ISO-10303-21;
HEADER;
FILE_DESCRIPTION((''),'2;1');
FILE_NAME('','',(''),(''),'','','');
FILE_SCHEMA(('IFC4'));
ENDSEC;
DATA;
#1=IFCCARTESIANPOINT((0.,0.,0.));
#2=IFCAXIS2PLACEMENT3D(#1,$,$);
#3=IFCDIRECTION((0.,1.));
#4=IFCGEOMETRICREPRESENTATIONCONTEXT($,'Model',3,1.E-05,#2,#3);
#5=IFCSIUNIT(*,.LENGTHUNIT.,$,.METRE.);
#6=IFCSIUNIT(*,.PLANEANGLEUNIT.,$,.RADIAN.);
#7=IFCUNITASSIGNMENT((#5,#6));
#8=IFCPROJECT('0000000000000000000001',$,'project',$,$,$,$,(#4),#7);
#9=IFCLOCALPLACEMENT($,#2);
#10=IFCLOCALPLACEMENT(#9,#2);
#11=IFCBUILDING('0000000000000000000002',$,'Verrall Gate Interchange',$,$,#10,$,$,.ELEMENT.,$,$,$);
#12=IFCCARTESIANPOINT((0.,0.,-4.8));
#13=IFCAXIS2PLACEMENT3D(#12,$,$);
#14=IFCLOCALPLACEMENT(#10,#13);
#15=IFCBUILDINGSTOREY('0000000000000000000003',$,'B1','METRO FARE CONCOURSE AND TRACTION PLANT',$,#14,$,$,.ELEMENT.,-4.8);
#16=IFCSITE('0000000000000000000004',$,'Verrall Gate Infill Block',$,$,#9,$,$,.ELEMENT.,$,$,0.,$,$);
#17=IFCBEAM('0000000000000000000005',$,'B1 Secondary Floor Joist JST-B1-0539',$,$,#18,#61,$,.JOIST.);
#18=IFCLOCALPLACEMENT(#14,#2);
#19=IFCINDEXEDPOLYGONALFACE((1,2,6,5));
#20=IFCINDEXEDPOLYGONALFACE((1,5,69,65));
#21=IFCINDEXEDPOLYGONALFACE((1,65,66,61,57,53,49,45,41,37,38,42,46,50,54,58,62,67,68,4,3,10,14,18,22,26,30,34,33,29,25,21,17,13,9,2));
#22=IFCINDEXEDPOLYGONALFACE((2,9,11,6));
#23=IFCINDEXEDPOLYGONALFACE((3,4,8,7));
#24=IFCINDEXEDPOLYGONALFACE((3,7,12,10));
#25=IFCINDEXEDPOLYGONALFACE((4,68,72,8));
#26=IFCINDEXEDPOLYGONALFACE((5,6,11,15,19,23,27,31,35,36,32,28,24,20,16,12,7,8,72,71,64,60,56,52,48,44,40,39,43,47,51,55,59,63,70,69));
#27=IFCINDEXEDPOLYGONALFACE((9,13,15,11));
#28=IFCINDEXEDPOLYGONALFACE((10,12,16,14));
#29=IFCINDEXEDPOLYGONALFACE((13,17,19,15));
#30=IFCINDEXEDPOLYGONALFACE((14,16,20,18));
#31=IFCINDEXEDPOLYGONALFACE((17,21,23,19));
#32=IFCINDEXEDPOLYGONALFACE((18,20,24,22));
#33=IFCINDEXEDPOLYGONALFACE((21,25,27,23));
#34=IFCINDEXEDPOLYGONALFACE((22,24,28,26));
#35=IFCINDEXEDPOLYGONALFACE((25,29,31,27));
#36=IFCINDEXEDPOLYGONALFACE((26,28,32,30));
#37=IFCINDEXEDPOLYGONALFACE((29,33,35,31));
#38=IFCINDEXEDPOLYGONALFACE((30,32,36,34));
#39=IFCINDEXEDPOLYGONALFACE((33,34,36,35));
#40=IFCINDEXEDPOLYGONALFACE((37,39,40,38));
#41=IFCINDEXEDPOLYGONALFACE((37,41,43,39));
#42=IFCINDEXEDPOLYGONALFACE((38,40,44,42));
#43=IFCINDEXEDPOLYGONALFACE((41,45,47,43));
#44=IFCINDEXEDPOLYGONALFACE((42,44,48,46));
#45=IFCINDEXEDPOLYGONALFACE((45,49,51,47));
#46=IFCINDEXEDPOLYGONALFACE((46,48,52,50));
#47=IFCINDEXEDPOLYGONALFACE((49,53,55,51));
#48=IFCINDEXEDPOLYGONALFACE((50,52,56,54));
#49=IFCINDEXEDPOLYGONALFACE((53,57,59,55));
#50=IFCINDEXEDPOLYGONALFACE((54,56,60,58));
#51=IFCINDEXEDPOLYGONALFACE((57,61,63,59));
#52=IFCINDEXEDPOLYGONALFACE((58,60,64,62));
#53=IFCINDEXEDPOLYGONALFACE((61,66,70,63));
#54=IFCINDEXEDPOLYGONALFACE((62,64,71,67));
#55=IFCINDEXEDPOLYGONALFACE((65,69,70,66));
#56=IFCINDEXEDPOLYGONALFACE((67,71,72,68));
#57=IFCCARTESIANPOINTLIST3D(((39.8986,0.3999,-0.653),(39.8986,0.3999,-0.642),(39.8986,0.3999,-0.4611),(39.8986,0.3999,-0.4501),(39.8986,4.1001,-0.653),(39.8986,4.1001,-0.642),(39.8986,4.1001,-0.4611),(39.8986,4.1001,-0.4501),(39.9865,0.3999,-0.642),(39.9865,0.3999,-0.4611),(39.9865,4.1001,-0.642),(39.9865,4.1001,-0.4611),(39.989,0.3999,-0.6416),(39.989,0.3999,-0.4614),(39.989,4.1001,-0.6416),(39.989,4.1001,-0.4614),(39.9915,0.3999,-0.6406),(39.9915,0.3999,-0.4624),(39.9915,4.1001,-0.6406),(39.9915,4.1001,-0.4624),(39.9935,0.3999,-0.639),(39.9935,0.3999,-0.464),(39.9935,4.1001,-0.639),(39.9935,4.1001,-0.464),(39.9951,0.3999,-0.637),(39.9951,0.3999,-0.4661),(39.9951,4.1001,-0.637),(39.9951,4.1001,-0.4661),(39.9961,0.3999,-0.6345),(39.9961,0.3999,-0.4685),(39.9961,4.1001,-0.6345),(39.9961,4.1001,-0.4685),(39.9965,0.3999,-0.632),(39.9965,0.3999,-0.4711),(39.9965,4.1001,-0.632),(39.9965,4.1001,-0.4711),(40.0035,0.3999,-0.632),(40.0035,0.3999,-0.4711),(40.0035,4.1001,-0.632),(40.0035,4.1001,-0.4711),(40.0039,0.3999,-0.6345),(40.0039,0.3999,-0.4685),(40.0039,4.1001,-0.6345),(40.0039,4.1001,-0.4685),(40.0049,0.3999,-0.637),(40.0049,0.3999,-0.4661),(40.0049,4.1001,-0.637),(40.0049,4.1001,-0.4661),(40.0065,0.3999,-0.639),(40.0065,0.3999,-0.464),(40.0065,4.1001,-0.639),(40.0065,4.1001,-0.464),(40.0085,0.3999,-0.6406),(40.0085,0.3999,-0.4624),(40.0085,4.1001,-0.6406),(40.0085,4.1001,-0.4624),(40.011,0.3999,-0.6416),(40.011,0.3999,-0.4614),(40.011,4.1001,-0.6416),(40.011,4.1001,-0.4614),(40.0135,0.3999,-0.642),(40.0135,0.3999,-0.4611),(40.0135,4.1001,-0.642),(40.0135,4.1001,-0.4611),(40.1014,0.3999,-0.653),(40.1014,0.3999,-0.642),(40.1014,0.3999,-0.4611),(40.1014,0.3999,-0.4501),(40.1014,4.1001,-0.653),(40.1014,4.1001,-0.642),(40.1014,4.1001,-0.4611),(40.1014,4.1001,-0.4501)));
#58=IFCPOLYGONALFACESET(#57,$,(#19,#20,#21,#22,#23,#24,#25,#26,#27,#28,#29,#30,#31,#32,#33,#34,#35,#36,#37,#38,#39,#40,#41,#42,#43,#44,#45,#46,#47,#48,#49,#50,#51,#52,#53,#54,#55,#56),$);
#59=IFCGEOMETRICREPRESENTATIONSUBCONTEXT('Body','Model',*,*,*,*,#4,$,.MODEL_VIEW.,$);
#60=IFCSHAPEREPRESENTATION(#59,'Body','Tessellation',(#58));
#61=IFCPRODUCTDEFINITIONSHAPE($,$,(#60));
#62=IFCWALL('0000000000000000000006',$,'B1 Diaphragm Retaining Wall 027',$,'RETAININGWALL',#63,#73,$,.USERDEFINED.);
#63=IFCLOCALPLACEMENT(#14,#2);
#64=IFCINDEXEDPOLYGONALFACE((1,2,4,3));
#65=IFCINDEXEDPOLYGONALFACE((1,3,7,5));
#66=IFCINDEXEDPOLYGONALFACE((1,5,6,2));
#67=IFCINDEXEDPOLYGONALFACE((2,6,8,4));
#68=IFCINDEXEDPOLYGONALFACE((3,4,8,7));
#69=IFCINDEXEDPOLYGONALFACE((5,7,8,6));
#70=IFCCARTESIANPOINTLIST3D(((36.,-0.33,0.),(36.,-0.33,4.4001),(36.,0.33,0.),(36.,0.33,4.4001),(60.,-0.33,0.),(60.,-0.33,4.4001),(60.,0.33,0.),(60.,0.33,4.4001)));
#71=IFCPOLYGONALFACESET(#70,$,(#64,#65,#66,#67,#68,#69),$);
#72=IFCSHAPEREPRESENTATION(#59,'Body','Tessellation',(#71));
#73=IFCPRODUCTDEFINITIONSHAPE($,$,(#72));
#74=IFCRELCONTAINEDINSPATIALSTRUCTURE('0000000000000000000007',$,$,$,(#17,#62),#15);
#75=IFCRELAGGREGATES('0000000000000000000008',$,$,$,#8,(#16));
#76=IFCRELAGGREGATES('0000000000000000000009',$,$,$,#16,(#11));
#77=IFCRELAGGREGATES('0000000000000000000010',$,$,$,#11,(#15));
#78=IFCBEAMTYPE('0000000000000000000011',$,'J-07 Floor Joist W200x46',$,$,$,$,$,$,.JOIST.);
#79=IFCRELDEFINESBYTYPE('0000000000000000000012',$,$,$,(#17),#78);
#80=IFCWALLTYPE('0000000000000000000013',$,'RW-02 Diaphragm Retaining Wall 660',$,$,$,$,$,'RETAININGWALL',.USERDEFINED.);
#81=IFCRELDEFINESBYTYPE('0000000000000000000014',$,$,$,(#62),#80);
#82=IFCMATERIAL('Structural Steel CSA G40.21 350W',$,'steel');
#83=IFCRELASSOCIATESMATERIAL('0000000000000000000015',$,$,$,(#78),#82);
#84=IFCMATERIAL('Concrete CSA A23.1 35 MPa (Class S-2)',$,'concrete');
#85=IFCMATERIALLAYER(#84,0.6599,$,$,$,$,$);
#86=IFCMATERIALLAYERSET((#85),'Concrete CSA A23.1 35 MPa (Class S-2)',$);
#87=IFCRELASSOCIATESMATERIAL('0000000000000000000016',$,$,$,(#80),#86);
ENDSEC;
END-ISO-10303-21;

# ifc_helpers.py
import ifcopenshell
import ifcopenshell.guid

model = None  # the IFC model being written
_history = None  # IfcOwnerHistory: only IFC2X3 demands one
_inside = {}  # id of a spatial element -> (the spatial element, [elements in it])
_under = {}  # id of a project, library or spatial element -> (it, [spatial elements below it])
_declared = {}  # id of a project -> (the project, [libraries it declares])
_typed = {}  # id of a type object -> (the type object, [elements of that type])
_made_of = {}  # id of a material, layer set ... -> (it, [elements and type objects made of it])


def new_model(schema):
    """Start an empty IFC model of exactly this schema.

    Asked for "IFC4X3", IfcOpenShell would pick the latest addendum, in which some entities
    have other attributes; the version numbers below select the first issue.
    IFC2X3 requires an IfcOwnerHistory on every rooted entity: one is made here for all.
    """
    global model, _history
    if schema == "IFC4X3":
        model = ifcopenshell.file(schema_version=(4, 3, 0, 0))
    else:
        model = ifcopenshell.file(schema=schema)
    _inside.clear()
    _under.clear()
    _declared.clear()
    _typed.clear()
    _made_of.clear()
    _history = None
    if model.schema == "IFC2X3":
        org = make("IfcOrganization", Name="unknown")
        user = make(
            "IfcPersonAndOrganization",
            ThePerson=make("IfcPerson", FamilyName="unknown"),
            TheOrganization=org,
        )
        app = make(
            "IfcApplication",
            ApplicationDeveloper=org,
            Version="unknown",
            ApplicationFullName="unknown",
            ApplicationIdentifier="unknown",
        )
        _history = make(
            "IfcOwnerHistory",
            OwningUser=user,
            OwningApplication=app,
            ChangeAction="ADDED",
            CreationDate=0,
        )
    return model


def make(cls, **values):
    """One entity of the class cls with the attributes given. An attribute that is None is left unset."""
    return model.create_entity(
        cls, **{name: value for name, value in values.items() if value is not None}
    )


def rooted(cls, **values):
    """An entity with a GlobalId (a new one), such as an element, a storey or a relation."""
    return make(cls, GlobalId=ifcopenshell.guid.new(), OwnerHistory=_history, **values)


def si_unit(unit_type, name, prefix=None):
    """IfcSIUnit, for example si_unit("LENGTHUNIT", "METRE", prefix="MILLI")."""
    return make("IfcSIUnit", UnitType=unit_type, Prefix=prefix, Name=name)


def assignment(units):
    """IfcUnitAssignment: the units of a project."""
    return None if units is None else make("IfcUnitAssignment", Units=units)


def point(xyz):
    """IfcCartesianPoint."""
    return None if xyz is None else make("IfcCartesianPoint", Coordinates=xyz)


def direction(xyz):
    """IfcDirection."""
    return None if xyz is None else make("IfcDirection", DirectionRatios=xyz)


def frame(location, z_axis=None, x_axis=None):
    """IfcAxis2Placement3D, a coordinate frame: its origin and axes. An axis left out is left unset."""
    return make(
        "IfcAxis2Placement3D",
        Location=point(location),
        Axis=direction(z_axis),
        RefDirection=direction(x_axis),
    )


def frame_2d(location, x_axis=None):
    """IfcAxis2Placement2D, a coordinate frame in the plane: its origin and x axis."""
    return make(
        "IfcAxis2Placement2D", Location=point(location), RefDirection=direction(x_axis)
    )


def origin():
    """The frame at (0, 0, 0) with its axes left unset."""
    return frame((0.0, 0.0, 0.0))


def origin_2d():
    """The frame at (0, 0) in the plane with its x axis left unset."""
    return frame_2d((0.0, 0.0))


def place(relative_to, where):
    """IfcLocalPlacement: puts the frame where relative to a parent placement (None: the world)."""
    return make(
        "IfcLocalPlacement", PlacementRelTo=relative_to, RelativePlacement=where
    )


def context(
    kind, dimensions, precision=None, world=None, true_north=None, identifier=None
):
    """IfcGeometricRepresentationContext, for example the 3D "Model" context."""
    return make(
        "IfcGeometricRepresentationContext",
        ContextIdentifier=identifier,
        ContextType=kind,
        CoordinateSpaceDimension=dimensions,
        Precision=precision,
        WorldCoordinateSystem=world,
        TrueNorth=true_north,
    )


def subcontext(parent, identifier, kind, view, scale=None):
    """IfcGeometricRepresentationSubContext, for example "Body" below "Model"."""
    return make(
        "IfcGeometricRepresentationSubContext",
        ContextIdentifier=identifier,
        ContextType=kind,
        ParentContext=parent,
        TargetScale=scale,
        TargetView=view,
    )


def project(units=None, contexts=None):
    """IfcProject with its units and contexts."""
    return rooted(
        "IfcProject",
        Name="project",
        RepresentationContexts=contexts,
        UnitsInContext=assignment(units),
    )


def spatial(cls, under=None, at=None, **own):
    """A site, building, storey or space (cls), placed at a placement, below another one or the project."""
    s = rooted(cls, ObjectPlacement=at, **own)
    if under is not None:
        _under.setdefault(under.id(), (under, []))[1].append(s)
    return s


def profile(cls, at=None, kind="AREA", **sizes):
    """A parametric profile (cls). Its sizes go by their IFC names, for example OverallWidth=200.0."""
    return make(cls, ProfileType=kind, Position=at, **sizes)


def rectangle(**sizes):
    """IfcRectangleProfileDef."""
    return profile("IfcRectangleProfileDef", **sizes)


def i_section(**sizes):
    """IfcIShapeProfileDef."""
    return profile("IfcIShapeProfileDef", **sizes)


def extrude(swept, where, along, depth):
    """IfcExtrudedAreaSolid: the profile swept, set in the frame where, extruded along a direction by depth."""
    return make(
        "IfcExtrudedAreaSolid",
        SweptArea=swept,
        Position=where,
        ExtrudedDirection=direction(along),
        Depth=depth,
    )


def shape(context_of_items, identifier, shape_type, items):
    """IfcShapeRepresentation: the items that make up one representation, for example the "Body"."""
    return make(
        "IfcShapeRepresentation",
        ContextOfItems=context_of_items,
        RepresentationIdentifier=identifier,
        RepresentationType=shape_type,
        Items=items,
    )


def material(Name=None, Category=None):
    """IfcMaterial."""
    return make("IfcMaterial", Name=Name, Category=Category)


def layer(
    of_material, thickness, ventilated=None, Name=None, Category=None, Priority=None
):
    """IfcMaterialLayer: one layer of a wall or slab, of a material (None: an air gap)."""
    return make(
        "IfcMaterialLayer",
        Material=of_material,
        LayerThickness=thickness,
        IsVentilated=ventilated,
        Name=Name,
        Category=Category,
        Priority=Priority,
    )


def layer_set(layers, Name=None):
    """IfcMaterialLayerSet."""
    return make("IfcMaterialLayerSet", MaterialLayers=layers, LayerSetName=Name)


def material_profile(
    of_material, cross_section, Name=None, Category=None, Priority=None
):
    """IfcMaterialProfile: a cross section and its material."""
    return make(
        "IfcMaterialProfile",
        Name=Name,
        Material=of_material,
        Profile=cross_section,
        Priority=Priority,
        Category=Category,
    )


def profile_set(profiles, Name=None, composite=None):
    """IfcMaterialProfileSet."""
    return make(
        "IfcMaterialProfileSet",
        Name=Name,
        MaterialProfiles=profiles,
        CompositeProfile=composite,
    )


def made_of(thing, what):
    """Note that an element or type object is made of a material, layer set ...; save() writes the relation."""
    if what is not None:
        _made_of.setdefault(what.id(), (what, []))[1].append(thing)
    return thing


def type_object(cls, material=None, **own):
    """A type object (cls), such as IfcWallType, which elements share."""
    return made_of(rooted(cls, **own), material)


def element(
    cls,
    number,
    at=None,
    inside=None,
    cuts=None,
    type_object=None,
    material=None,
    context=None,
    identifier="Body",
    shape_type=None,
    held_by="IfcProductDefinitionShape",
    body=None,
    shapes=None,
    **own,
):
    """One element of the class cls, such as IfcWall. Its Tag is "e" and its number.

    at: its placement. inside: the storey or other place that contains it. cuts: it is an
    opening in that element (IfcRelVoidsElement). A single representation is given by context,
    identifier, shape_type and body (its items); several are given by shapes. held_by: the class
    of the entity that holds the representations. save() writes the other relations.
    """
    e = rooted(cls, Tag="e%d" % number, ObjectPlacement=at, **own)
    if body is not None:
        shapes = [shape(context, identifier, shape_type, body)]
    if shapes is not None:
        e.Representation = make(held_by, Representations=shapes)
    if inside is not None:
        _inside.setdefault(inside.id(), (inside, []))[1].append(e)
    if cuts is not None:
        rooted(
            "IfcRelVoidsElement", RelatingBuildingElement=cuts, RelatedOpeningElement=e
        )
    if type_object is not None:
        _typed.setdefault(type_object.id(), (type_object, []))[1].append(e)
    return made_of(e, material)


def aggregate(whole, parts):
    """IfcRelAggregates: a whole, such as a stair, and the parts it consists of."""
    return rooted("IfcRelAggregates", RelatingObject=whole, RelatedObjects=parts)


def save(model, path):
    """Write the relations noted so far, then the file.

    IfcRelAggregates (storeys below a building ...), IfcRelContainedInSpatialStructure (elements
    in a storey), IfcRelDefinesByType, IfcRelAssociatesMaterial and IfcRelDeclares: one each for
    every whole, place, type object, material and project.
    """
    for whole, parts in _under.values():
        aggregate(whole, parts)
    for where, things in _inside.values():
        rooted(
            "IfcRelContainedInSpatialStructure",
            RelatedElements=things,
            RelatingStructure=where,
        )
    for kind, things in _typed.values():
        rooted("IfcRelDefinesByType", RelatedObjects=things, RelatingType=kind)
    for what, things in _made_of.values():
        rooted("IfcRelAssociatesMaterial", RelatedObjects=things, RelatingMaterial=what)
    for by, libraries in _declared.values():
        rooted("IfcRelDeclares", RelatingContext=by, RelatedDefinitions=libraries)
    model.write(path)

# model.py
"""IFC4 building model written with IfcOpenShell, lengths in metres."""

from ifc_helpers import new_model, si_unit, direction, frame, frame_2d, origin, origin_2d, place, context, subcontext, project, spatial, rectangle, i_section, extrude, material, layer, layer_set, material_profile, profile_set, type_object, element, save


model = new_model("IFC4")

# Units and contexts
model_context = context("Model", 3, precision=1e-05, world=origin(), true_north=direction((0.0, 1.0)))
body_context = subcontext(model_context, "Body", "Model", "MODEL_VIEW")
ifc_project = project(units=[si_unit("LENGTHUNIT", "METRE"), si_unit("PLANEANGLEUNIT", "RADIAN")], contexts=[model_context])

# Site, building, storey
site_placement = place(None, origin())
site = spatial("IfcSite", under=ifc_project, at=site_placement, Name="Verrall Gate Infill Block", CompositionType="ELEMENT", RefElevation=0.0)
building_placement = place(site_placement, origin())
building = spatial("IfcBuilding", under=site, at=building_placement, Name="Verrall Gate Interchange", CompositionType="ELEMENT")
storey_placement = place(building_placement, frame((0.0, 0.0, -4.8)))
storey = spatial("IfcBuildingStorey", under=building, at=storey_placement, Name="B1", Description="METRO FARE CONCOURSE AND TRACTION PLANT", CompositionType="ELEMENT", Elevation=-4.8)

# Beam
ifc_material_1 = material(Name="Structural Steel CSA G40.21 350W", Category="steel")
ifc_material_profile_1 = material_profile(ifc_material_1, i_section(OverallWidth=0.2029, OverallDepth=0.2029, WebThickness=0.0071, FlangeThickness=0.011, FilletRadius=0.01, at=origin_2d()), Name="W200x46")
ifc_profile_set_1 = profile_set([ifc_material_profile_1], Name="Structural Steel CSA G40.21 350W")
beam_type_1 = type_object("IfcBeamType", Name="J-07 Floor Joist W200x46", PredefinedType="JOIST", material=ifc_profile_set_1)
beam_1_placement = place(storey_placement, frame((40.0, 0.3999, -0.5515), z_axis=(0.0, 1.0, 0.0), x_axis=(-1.0, 0.0, 0.0)))
element("IfcBeam", 1, at=beam_1_placement, inside=storey, type_object=beam_type_1, Name="B1 Secondary Floor Joist JST-B1-0539", PredefinedType="JOIST", context=body_context, shape_type="SweptSolid", body=[
    extrude(i_section(OverallWidth=0.2029, OverallDepth=0.2029, WebThickness=0.0071, FlangeThickness=0.011, FilletRadius=0.01, at=origin_2d()), origin(), (0.0, 0.0, 1.0), 3.7002),
])

# Wall
ifc_material_2 = material(Name="Concrete CSA A23.1 35 MPa (Class S-2)", Category="concrete")
ifc_layer = layer(ifc_material_2, 0.6599)
ifc_layer_set = layer_set([ifc_layer], Name="Concrete CSA A23.1 35 MPa (Class S-2)")
wall_type = type_object("IfcWallType", Name="RW-02 Diaphragm Retaining Wall 660", ElementType="RETAININGWALL", PredefinedType="USERDEFINED", material=ifc_layer_set)
wall_placement = place(storey_placement, frame((36.0, 0.0, 0.0), z_axis=(0.0, 0.0, 1.0), x_axis=(1.0, 0.0, 0.0)))
element("IfcWall", 2, at=wall_placement, inside=storey, type_object=wall_type, Name="B1 Diaphragm Retaining Wall 027", ObjectType="RETAININGWALL", PredefinedType="USERDEFINED", context=body_context, shape_type="SweptSolid", body=[
    extrude(rectangle(XDim=24.0, YDim=0.6599, at=frame_2d((12.0, 0.0))), origin(), (0.0, 0.0, 1.0), 4.4001),
])

save(model, "model.ifc")
